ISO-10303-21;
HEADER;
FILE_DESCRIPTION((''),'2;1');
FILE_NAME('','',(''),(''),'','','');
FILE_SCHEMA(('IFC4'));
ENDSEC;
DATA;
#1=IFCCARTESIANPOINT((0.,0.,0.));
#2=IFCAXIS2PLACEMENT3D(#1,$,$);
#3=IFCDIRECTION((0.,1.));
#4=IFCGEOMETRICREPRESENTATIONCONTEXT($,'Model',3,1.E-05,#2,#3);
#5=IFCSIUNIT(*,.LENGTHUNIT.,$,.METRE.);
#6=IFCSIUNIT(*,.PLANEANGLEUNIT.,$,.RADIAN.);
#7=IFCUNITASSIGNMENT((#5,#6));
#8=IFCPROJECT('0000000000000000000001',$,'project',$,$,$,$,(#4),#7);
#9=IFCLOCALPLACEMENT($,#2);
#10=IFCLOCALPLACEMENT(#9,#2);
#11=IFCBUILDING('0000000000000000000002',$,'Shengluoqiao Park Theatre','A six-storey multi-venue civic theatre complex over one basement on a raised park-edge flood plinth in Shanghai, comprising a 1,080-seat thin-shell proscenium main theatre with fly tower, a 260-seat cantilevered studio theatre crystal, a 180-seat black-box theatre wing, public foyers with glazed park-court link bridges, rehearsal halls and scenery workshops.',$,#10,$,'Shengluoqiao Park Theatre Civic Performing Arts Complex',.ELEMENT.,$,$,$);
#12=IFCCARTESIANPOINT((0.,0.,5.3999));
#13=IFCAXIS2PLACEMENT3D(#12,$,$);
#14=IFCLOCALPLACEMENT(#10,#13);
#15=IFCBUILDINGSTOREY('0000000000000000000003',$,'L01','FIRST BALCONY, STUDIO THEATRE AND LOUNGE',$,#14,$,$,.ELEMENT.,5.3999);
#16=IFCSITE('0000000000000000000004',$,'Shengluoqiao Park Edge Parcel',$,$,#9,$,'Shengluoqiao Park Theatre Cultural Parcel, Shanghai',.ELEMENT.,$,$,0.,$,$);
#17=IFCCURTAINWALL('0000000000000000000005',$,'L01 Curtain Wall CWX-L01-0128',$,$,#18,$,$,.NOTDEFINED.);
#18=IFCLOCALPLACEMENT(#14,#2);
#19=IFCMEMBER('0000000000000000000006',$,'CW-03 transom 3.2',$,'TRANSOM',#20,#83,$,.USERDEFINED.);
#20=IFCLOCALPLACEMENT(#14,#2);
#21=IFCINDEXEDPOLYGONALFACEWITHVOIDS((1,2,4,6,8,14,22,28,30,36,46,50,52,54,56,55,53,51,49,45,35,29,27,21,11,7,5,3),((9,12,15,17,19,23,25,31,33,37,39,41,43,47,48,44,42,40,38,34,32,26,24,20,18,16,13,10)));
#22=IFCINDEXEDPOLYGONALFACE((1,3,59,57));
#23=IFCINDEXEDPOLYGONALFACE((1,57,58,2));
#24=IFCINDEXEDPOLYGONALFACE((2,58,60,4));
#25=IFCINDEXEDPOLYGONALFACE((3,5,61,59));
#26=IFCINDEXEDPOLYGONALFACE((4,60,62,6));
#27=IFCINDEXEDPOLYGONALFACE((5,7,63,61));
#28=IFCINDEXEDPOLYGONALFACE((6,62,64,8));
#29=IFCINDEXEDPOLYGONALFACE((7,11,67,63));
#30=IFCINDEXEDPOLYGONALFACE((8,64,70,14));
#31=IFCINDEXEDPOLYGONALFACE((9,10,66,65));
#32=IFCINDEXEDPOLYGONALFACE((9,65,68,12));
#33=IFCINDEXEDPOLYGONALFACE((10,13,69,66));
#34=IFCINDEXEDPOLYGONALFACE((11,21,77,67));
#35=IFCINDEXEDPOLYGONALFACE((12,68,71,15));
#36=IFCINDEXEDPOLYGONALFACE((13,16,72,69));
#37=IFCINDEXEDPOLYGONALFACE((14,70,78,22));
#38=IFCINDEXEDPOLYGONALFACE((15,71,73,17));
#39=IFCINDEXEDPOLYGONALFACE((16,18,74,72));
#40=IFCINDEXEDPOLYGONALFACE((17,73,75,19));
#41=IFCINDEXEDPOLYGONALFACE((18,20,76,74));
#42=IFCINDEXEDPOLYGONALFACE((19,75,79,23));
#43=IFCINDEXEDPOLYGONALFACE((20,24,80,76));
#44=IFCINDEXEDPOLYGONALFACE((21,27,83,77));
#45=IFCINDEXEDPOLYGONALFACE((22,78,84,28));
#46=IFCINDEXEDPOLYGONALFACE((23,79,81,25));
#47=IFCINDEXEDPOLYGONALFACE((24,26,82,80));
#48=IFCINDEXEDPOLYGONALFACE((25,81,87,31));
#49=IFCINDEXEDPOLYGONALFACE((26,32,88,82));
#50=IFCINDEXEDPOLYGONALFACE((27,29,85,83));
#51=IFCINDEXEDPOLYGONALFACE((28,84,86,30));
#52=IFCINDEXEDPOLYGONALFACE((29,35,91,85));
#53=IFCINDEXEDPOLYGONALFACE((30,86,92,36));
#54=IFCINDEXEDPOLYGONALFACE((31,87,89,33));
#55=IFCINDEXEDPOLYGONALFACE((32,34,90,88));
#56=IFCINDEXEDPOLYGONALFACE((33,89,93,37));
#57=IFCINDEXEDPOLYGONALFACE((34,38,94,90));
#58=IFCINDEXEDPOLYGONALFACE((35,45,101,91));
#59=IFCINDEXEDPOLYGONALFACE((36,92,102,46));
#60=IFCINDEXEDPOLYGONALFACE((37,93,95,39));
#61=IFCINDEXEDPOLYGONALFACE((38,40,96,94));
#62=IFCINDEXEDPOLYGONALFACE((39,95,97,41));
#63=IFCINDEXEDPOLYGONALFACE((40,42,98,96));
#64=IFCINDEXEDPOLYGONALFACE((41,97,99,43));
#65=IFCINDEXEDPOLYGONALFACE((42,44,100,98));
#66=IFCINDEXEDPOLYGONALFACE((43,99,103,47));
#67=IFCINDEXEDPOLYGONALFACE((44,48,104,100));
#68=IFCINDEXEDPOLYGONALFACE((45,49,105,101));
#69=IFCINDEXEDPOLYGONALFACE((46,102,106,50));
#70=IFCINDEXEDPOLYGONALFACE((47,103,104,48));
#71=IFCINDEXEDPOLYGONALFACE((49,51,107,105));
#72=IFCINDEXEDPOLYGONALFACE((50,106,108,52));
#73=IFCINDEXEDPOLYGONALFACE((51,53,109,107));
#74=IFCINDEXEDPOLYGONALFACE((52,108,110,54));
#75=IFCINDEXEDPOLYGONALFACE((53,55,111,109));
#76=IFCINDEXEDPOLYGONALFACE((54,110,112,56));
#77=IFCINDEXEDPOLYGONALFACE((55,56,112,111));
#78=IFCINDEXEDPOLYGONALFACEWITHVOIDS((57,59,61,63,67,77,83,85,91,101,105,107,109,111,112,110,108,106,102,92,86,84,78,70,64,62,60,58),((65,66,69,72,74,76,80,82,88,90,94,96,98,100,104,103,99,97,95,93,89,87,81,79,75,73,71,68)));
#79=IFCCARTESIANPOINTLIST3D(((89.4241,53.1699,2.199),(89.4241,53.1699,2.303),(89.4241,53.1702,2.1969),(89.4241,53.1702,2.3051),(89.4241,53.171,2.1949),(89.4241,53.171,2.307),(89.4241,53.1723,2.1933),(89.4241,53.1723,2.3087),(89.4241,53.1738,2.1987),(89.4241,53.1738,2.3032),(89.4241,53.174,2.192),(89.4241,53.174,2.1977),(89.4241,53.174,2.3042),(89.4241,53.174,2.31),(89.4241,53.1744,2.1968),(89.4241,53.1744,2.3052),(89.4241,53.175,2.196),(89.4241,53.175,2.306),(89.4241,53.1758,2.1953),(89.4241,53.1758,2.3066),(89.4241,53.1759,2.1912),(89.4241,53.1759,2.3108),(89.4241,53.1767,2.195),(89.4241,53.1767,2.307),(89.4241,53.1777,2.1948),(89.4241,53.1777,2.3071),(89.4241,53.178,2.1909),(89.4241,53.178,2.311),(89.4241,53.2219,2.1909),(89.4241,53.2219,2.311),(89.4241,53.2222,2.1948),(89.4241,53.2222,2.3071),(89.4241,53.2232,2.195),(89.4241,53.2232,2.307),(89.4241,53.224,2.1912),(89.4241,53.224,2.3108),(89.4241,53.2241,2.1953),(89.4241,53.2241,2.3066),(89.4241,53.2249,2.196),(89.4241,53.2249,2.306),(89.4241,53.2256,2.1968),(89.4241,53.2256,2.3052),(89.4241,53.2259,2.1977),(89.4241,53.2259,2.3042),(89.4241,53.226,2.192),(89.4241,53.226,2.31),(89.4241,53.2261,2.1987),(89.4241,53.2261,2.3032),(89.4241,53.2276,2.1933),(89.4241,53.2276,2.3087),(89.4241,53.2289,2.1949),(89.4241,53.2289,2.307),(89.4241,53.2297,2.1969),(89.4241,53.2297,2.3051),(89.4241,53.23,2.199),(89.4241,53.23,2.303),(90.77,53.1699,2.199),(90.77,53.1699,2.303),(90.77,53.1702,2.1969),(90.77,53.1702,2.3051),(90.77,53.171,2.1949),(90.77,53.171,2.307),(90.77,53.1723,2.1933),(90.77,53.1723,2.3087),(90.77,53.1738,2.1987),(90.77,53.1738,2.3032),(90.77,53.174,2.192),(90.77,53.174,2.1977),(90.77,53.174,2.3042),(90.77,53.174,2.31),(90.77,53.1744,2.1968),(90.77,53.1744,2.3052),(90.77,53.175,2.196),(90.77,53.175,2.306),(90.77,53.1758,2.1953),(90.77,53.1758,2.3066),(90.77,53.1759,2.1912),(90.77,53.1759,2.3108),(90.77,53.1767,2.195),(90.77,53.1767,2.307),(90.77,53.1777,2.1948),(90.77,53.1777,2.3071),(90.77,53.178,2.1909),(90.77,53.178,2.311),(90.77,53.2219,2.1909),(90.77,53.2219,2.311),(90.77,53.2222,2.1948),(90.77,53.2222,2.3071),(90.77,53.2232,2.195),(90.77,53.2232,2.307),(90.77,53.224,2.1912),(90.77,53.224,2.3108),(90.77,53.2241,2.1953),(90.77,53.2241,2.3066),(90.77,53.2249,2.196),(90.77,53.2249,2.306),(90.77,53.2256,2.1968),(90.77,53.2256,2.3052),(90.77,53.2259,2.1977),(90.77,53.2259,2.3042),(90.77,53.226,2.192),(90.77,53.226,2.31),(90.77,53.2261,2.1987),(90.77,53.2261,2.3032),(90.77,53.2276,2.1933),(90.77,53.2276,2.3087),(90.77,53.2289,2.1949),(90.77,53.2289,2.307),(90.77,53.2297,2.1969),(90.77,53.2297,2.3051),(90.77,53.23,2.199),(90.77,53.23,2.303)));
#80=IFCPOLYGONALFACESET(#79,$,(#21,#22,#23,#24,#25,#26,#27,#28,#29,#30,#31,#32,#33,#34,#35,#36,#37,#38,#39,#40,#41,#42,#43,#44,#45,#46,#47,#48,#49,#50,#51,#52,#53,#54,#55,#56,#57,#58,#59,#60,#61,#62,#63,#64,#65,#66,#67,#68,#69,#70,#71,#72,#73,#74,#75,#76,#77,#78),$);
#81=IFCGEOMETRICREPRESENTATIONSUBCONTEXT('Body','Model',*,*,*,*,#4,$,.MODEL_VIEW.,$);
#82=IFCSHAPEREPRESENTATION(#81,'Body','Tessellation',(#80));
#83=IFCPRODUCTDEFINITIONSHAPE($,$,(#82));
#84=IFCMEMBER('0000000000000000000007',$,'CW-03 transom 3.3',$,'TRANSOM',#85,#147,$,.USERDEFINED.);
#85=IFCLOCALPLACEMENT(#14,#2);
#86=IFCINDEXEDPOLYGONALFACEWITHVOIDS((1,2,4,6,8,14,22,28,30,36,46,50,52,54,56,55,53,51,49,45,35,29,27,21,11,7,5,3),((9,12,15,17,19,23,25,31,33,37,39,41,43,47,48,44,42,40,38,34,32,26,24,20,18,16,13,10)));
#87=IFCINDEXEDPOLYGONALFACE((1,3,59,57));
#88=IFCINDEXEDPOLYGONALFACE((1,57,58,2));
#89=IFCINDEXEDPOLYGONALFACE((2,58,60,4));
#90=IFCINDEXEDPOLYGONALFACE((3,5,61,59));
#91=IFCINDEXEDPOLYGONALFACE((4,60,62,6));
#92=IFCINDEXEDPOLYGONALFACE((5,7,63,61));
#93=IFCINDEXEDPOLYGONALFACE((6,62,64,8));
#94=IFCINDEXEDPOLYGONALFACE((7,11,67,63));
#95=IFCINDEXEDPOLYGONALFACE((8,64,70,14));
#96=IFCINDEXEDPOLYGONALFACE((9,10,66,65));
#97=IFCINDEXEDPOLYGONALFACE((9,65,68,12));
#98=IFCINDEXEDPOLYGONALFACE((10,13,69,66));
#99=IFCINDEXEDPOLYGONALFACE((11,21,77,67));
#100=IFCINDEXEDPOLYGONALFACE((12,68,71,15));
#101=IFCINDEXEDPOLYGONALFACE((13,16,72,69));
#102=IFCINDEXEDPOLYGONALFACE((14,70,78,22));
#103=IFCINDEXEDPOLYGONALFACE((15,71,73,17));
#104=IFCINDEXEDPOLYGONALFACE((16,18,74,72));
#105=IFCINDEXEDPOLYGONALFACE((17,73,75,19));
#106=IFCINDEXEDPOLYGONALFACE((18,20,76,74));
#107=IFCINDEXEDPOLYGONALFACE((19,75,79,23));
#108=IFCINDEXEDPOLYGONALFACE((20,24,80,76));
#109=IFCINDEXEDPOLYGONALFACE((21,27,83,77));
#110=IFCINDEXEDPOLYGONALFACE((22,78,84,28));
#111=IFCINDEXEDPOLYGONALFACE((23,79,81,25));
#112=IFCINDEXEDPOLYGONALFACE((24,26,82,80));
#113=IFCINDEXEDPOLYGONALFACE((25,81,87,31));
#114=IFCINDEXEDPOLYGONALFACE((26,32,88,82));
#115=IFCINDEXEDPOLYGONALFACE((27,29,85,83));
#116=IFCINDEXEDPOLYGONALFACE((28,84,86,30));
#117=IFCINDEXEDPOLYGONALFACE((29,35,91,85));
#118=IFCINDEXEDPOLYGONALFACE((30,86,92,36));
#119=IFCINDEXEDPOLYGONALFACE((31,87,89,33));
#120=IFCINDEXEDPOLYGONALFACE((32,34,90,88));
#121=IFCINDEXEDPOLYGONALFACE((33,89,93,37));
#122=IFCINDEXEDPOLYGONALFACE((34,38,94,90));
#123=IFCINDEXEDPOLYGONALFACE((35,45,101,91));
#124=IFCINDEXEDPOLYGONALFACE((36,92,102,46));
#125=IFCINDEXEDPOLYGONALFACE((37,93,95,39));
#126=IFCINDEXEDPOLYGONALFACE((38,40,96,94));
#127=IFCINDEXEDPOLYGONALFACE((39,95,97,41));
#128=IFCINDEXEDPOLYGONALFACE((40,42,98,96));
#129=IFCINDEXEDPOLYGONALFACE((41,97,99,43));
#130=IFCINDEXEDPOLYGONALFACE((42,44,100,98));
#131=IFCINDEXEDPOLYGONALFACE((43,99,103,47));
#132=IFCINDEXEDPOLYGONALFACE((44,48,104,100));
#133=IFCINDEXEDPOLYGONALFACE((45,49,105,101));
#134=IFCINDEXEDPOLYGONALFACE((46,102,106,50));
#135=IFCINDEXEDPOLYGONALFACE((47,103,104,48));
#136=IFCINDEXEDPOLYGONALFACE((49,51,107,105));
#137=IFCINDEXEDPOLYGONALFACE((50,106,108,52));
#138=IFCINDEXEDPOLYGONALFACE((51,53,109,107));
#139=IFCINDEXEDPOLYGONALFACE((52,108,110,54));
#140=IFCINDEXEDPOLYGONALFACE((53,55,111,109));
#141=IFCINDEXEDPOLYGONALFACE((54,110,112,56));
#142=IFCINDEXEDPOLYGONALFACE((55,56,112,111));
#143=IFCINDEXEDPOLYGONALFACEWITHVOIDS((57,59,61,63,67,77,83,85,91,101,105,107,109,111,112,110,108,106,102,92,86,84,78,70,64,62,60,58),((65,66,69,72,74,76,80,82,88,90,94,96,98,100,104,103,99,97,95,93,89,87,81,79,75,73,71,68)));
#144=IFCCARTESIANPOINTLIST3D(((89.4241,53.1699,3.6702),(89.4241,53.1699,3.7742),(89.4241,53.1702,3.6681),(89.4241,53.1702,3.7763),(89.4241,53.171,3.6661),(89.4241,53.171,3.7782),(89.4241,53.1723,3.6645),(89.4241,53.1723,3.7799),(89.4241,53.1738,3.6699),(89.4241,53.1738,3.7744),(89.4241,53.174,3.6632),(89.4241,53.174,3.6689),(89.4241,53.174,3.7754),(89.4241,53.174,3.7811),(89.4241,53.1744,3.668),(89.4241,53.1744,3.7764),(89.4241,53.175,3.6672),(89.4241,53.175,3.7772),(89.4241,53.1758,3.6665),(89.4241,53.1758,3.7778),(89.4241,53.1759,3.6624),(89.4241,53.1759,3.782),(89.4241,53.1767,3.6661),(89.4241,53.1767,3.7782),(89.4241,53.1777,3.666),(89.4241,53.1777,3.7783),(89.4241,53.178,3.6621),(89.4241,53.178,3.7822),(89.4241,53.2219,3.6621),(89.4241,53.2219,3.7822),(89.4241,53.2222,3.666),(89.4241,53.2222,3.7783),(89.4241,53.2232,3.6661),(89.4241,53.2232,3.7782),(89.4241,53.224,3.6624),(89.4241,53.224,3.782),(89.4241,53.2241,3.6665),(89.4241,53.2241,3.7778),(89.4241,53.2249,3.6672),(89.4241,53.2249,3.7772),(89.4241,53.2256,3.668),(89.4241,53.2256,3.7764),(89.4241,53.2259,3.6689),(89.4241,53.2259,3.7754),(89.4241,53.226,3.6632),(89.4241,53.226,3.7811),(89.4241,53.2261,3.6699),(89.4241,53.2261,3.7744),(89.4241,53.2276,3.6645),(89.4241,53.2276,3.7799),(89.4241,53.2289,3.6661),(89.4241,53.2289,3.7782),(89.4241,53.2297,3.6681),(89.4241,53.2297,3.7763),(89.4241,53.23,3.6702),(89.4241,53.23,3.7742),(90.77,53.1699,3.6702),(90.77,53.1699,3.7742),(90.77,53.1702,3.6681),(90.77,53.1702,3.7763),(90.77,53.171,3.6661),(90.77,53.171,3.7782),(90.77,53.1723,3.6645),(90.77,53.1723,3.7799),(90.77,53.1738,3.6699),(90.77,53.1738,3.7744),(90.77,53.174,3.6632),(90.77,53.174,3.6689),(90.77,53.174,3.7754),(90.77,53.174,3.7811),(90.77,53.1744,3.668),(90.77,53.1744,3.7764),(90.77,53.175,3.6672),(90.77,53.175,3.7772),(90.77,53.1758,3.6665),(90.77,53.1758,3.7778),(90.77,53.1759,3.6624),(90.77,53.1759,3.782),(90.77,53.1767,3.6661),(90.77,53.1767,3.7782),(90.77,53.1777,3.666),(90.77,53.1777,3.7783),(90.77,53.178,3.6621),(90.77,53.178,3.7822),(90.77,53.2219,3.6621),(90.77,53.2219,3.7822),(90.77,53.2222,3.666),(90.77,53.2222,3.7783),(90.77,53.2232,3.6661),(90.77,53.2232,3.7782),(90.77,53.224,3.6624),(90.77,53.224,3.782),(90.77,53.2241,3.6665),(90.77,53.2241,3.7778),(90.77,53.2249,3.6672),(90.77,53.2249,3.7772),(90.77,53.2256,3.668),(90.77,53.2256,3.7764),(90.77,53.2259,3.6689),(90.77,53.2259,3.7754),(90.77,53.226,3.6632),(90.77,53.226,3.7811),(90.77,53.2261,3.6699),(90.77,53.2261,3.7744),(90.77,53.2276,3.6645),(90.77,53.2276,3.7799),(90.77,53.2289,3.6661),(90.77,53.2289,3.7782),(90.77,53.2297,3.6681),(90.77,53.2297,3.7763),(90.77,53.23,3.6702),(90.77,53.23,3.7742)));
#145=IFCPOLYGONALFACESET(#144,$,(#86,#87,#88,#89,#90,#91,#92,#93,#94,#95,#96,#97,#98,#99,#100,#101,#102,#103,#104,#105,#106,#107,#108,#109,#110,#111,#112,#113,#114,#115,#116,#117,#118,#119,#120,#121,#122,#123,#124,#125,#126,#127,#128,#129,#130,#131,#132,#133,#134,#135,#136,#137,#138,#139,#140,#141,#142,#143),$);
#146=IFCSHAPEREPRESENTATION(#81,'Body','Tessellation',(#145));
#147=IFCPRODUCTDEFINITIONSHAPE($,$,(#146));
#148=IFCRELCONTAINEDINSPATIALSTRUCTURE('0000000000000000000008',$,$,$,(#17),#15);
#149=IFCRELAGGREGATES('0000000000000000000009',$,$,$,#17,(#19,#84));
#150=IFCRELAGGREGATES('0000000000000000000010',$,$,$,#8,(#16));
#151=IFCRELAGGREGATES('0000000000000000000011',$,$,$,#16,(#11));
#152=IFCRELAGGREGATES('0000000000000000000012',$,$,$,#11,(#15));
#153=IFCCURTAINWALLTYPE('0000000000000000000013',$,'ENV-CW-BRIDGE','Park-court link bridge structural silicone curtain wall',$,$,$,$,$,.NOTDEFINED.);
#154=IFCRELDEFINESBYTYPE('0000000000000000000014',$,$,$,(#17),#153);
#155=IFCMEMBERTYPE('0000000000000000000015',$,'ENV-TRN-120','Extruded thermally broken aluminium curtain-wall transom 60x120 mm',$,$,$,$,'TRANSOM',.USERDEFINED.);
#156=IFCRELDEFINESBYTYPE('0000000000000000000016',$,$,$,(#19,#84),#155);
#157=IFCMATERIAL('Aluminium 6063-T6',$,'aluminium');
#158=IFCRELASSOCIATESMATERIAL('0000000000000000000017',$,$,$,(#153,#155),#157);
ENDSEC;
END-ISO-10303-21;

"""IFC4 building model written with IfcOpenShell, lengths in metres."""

from ifc_helpers import new_model, si_unit, direction, frame, origin, origin_2d, place, context, subcontext, project, spatial, hollow_rectangle, extrude, material, material_profile, profile_set, type_object, element, aggregate, save


model = new_model("IFC4")

# Units and contexts
model_context = context("Model", 3, precision=1e-05, world=origin(), true_north=direction((0.0, 1.0)))
body_context = subcontext(model_context, "Body", "Model", "MODEL_VIEW")
ifc_project = project(units=[si_unit("LENGTHUNIT", "METRE"), si_unit("PLANEANGLEUNIT", "RADIAN")], contexts=[model_context])

# Site, building, storey
site_placement = place(None, origin())
site = spatial("IfcSite", under=ifc_project, at=site_placement, Name="Shengluoqiao Park Edge Parcel", LongName="Shengluoqiao Park Theatre Cultural Parcel, Shanghai", CompositionType="ELEMENT", RefElevation=0.0)
building_placement = place(site_placement, origin())
building = spatial("IfcBuilding", under=site, at=building_placement, Name="Shengluoqiao Park Theatre", Description="A six-storey multi-venue civic theatre complex over one basement on a raised park-edge flood plinth in Shanghai, comprising a 1,080-seat thin-shell proscenium main theatre with fly tower, a 260-seat cantilevered studio theatre crystal, a 180-seat black-box theatre wing, public foyers with glazed park-court link bridges, rehearsal halls and scenery workshops.", LongName="Shengluoqiao Park Theatre Civic Performing Arts Complex", CompositionType="ELEMENT")
storey_placement = place(building_placement, frame((0.0, 0.0, 5.3999)))
storey = spatial("IfcBuildingStorey", under=building, at=storey_placement, Name="L01", Description="FIRST BALCONY, STUDIO THEATRE AND LOUNGE", CompositionType="ELEMENT", Elevation=5.3999)

# Shared definitions
ifc_material_1 = material(Name="Aluminium 6063-T6", Category="aluminium")
curtain_wall_type = type_object("IfcCurtainWallType", Name="ENV-CW-BRIDGE", Description="Park-court link bridge structural silicone curtain wall", PredefinedType="NOTDEFINED", material=ifc_material_1)

# Curtain wall, members
curtain_wall_1_placement = place(storey_placement, origin())
curtain_wall_1 = element("IfcCurtainWall", 1, at=curtain_wall_1_placement, inside=storey, type_object=curtain_wall_type, Name="L01 Curtain Wall CWX-L01-0128", PredefinedType="NOTDEFINED")
ifc_material_profile_1 = material_profile(ifc_material_1, hollow_rectangle(XDim=0.0601, YDim=0.1201, WallThickness=0.0039, InnerFilletRadius=0.0039, OuterFilletRadius=0.0081, at=origin_2d()), Name="ALU TRANSOM 120x60x4")
ifc_profile_set_1 = profile_set([ifc_material_profile_1], Name="Aluminium 6063-T6")
member_type_1 = type_object("IfcMemberType", Name="ENV-TRN-120", Description="Extruded thermally broken aluminium curtain-wall transom 60x120 mm", ElementType="TRANSOM", PredefinedType="USERDEFINED", material=ifc_profile_set_1)
member_1_placement = place(storey_placement, frame((89.4241, 53.2, 2.251), z_axis=(1.0, 0.0, 0.0), x_axis=(0.0, 1.0, 0.0)))
member_1 = element("IfcMember", 2, at=member_1_placement, type_object=member_type_1, Name="CW-03 transom 3.2", ObjectType="TRANSOM", PredefinedType="USERDEFINED", context=body_context, shape_type="SweptSolid", body=[
    extrude(hollow_rectangle(XDim=0.0601, YDim=0.1201, WallThickness=0.0039, InnerFilletRadius=0.0039, OuterFilletRadius=0.0081, at=origin_2d()), origin(), (0.0, 0.0, 1.0), 1.3459),
])
member_2_placement = place(storey_placement, frame((89.4241, 53.2, 3.7222), z_axis=(1.0, 0.0, 0.0), x_axis=(0.0, 1.0, 0.0)))
member_2 = element("IfcMember", 3, at=member_2_placement, type_object=member_type_1, Name="CW-03 transom 3.3", ObjectType="TRANSOM", PredefinedType="USERDEFINED", context=body_context, shape_type="SweptSolid", body=[
    extrude(hollow_rectangle(XDim=0.0601, YDim=0.1201, WallThickness=0.0039, InnerFilletRadius=0.0039, OuterFilletRadius=0.0081, at=origin_2d()), origin(), (0.0, 0.0, 1.0), 1.3459),
])

aggregate(curtain_wall_1, [member_1, member_2])

save(model, "model.ifc")
